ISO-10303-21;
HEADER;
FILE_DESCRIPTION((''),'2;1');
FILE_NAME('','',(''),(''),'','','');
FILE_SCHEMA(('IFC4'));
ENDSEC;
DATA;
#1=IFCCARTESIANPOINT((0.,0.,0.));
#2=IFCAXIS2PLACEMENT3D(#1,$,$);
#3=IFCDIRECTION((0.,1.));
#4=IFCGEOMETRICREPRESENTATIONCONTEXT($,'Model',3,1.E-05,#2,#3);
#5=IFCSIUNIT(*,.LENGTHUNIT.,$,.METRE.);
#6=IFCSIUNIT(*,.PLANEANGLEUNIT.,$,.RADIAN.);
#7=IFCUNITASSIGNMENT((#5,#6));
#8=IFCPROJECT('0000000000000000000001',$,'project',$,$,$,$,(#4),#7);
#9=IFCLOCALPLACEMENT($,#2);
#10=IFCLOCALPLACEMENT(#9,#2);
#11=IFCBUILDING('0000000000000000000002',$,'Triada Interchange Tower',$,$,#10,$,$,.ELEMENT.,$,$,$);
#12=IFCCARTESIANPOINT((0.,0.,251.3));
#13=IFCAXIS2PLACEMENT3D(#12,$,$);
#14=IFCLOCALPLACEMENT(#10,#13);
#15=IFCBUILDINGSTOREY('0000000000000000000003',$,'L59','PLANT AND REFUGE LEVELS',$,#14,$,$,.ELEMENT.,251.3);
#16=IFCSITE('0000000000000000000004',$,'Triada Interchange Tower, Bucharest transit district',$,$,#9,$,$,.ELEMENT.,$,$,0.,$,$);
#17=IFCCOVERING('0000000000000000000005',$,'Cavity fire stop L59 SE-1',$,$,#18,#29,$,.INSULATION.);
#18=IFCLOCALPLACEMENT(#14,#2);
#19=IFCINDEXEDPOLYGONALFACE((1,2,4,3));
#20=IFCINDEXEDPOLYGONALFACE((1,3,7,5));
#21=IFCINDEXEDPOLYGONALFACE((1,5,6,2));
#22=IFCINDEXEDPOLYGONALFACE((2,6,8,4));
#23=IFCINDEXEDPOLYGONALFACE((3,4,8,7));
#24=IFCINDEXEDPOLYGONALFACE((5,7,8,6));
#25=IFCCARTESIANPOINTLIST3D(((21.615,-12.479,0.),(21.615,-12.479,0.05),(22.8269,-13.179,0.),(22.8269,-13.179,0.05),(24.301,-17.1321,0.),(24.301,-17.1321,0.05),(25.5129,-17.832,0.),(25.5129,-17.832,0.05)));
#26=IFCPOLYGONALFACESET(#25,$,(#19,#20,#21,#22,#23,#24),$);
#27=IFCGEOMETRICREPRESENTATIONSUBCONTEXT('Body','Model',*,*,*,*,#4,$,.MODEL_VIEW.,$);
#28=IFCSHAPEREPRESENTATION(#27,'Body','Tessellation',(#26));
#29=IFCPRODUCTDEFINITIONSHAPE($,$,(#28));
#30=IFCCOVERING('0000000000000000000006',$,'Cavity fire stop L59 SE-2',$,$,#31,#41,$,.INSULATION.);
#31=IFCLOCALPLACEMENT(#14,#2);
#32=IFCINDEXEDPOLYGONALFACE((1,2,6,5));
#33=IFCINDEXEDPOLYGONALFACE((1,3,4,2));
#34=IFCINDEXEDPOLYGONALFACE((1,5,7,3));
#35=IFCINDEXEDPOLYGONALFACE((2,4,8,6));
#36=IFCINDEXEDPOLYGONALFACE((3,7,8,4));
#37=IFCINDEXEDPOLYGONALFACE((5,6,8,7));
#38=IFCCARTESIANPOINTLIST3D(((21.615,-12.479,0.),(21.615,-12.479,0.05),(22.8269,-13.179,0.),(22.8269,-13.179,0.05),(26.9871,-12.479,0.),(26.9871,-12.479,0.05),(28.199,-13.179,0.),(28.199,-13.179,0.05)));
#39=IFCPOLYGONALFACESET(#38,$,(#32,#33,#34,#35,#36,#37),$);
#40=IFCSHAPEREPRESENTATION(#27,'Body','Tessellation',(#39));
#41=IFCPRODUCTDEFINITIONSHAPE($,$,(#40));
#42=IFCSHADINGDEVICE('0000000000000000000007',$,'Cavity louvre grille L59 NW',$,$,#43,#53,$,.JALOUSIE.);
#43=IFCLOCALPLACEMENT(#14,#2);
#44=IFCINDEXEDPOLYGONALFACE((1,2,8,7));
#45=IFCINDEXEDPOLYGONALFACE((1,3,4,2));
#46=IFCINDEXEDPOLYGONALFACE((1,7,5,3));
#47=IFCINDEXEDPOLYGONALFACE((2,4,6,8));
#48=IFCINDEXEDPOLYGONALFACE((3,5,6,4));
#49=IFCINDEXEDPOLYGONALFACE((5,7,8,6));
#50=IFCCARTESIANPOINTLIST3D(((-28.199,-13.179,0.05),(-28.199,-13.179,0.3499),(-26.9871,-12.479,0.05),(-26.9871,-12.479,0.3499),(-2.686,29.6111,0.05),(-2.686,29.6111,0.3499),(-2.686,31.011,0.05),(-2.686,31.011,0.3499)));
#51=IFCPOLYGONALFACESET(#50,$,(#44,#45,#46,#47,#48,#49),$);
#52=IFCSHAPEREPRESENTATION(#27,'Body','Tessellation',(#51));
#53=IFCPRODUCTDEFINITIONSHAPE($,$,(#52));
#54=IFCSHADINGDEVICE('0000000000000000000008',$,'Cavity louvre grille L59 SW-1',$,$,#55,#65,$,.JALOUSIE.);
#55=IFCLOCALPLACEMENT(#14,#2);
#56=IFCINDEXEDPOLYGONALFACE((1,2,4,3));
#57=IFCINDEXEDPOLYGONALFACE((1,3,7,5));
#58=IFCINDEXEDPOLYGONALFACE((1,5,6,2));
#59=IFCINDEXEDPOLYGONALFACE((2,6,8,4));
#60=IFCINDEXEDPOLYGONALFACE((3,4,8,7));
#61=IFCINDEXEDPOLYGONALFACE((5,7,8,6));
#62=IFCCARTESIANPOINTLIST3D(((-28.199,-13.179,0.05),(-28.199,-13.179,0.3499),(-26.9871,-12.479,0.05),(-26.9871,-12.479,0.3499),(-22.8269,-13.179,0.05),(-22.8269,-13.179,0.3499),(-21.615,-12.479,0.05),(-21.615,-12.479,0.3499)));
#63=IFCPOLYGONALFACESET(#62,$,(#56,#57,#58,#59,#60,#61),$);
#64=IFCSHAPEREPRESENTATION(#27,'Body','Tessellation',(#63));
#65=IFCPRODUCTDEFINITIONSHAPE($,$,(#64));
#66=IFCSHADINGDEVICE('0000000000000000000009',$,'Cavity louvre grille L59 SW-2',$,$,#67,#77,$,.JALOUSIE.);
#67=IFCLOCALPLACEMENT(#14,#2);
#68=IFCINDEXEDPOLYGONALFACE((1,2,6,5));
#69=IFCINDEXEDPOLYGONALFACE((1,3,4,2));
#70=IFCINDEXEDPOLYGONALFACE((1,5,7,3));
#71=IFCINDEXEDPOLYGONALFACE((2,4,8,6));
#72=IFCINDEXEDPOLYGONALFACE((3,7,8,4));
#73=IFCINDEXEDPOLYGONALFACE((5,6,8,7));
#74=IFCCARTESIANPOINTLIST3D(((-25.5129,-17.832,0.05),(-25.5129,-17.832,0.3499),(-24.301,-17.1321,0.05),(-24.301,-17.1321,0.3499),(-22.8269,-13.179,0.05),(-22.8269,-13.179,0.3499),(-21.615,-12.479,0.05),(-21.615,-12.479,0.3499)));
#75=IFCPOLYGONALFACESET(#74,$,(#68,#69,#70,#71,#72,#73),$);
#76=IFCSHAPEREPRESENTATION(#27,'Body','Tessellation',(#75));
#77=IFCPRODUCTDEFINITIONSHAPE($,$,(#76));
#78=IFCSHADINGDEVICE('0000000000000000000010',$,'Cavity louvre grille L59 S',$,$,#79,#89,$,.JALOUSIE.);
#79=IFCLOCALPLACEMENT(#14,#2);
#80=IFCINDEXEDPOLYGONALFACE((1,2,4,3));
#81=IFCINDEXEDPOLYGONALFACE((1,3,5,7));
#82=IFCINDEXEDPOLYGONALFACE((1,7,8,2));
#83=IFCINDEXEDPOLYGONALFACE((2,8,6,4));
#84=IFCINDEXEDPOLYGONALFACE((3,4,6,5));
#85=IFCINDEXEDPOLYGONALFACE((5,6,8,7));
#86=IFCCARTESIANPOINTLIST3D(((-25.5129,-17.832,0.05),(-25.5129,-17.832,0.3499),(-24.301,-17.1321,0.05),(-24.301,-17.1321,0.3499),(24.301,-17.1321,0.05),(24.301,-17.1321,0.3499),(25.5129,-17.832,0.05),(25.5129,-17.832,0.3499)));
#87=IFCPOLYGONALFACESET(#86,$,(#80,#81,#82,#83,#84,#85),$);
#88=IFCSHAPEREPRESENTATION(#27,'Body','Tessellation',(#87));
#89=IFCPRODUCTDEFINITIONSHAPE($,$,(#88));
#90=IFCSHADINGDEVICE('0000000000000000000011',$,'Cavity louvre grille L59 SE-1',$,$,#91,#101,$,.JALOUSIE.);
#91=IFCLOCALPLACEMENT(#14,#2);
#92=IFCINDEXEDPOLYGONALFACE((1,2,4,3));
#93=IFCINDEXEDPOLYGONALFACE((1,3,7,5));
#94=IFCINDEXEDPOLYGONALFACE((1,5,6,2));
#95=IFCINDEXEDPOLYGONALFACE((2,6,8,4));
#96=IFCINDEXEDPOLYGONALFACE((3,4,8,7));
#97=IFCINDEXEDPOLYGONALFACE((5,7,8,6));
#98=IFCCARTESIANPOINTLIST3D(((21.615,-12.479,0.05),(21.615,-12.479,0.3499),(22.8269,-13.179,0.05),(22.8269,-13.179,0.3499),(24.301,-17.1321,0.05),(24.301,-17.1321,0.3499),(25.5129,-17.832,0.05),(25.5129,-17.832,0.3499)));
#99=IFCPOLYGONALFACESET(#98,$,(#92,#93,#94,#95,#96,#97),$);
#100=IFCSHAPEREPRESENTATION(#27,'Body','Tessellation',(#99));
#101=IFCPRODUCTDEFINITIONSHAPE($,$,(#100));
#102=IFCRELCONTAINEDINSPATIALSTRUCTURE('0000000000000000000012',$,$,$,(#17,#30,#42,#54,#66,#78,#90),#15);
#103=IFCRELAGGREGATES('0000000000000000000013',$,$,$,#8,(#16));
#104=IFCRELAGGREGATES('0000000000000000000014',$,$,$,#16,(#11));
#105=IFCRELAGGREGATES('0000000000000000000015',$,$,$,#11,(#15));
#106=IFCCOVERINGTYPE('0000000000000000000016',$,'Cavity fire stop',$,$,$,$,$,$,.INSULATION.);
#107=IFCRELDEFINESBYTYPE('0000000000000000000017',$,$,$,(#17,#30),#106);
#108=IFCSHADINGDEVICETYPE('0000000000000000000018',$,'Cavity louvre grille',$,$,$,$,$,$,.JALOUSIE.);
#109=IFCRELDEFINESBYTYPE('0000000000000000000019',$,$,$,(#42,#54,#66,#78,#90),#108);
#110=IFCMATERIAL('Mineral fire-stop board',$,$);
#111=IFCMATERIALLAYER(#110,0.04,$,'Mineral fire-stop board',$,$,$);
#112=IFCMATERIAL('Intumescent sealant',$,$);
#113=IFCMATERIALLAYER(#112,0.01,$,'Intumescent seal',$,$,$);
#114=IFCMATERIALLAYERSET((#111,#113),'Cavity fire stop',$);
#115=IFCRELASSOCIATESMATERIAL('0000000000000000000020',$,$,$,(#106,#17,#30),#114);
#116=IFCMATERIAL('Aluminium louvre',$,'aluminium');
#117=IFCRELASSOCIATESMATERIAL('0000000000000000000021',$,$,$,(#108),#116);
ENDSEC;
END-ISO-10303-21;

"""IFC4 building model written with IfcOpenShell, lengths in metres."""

from ifc_helpers import new_model, si_unit, direction, frame, origin, place, context, subcontext, project, spatial, polyline, outline, extrude, material, layer, layer_set, layer_usage, type_object, element, save


model = new_model("IFC4")

# Units and contexts
model_context = context("Model", 3, precision=1e-05, world=origin(), true_north=direction((0.0, 1.0)))
body_context = subcontext(model_context, "Body", "Model", "MODEL_VIEW")
ifc_project = project(units=[si_unit("LENGTHUNIT", "METRE"), si_unit("PLANEANGLEUNIT", "RADIAN")], contexts=[model_context])

# Site, building, storey
site_placement = place(None, origin())
site = spatial("IfcSite", under=ifc_project, at=site_placement, Name="Triada Interchange Tower, Bucharest transit district", CompositionType="ELEMENT", RefElevation=0.0)
building_placement = place(site_placement, origin())
building = spatial("IfcBuilding", under=site, at=building_placement, Name="Triada Interchange Tower", CompositionType="ELEMENT")
storey_placement = place(building_placement, frame((0.0, 0.0, 251.3)))
storey = spatial("IfcBuildingStorey", under=building, at=storey_placement, Name="L59", Description="PLANT AND REFUGE LEVELS", CompositionType="ELEMENT", Elevation=251.3)

# Coverings
ifc_material_1 = material(Name="Mineral fire-stop board")
ifc_layer_1 = layer(ifc_material_1, 0.04, Name="Mineral fire-stop board")
ifc_material_2 = material(Name="Intumescent sealant")
ifc_layer_2 = layer(ifc_material_2, 0.01, Name="Intumescent seal")
ifc_layer_set_1 = layer_set([ifc_layer_1, ifc_layer_2], Name="Cavity fire stop")
ifc_layer_usage = layer_usage(ifc_layer_set_1, "AXIS3", "POSITIVE", 0.0)
covering_type = type_object("IfcCoveringType", Name="Cavity fire stop", PredefinedType="INSULATION", material=ifc_layer_set_1)
covering_1_placement = place(storey_placement, origin())
element("IfcCovering", 1, at=covering_1_placement, inside=storey, type_object=covering_type, material=ifc_layer_usage, Name="Cavity fire stop L59 SE-1", PredefinedType="INSULATION", context=body_context, shape_type="SweptSolid", body=[
    extrude(outline(polyline([(24.301, -17.1321), (25.5129, -17.832), (22.8269, -13.179), (21.615, -12.479), (24.301, -17.1321)])), origin(), (0.0, 0.0, 1.0), 0.05),
])
covering_2_placement = place(storey_placement, origin())
element("IfcCovering", 2, at=covering_2_placement, inside=storey, type_object=covering_type, material=ifc_layer_usage, Name="Cavity fire stop L59 SE-2", PredefinedType="INSULATION", context=body_context, shape_type="SweptSolid", body=[
    extrude(outline(polyline([(21.615, -12.479), (22.8269, -13.179), (28.199, -13.179), (26.9871, -12.479), (21.615, -12.479)])), origin(), (0.0, 0.0, 1.0), 0.05),
])

# Shading devices
ifc_material_3 = material(Name="Aluminium louvre", Category="aluminium")
shading_device_type = type_object("IfcShadingDeviceType", Name="Cavity louvre grille", PredefinedType="JALOUSIE", material=ifc_material_3)
shading_device_1_placement = place(storey_placement, frame((0.0, 0.0, 0.05)))
element("IfcShadingDevice", 3, at=shading_device_1_placement, inside=storey, type_object=shading_device_type, Name="Cavity louvre grille L59 NW", PredefinedType="JALOUSIE", context=body_context, shape_type="SweptSolid", body=[
    extrude(outline(polyline([(-2.686, 29.6111), (-2.686, 31.011), (-28.199, -13.179), (-26.9871, -12.479), (-2.686, 29.6111)])), origin(), (0.0, 0.0, 1.0), 0.2998),
])
shading_device_2_placement = place(storey_placement, frame((0.0, 0.0, 0.05)))
element("IfcShadingDevice", 4, at=shading_device_2_placement, inside=storey, type_object=shading_device_type, Name="Cavity louvre grille L59 SW-1", PredefinedType="JALOUSIE", context=body_context, shape_type="SweptSolid", body=[
    extrude(outline(polyline([(-26.9871, -12.479), (-28.199, -13.179), (-22.8269, -13.179), (-21.615, -12.479), (-26.9871, -12.479)])), origin(), (0.0, 0.0, 1.0), 0.2998),
])
shading_device_3_placement = place(storey_placement, frame((0.0, 0.0, 0.05)))
element("IfcShadingDevice", 5, at=shading_device_3_placement, inside=storey, type_object=shading_device_type, Name="Cavity louvre grille L59 SW-2", PredefinedType="JALOUSIE", context=body_context, shape_type="SweptSolid", body=[
    extrude(outline(polyline([(-21.615, -12.479), (-22.8269, -13.179), (-25.5129, -17.832), (-24.301, -17.1321), (-21.615, -12.479)])), origin(), (0.0, 0.0, 1.0), 0.2998),
])
shading_device_4_placement = place(storey_placement, frame((0.0, 0.0, 0.05)))
element("IfcShadingDevice", 6, at=shading_device_4_placement, inside=storey, type_object=shading_device_type, Name="Cavity louvre grille L59 S", PredefinedType="JALOUSIE", context=body_context, shape_type="SweptSolid", body=[
    extrude(outline(polyline([(-24.301, -17.1321), (-25.5129, -17.832), (25.5129, -17.832), (24.301, -17.1321), (-24.301, -17.1321)])), origin(), (0.0, 0.0, 1.0), 0.2998),
])
shading_device_5_placement = place(storey_placement, frame((0.0, 0.0, 0.05)))
element("IfcShadingDevice", 7, at=shading_device_5_placement, inside=storey, type_object=shading_device_type, Name="Cavity louvre grille L59 SE-1", PredefinedType="JALOUSIE", context=body_context, shape_type="SweptSolid", body=[
    extrude(outline(polyline([(24.301, -17.1321), (25.5129, -17.832), (22.8269, -13.179), (21.615, -12.479), (24.301, -17.1321)])), origin(), (0.0, 0.0, 1.0), 0.2998),
])

save(model, "model.ifc")
